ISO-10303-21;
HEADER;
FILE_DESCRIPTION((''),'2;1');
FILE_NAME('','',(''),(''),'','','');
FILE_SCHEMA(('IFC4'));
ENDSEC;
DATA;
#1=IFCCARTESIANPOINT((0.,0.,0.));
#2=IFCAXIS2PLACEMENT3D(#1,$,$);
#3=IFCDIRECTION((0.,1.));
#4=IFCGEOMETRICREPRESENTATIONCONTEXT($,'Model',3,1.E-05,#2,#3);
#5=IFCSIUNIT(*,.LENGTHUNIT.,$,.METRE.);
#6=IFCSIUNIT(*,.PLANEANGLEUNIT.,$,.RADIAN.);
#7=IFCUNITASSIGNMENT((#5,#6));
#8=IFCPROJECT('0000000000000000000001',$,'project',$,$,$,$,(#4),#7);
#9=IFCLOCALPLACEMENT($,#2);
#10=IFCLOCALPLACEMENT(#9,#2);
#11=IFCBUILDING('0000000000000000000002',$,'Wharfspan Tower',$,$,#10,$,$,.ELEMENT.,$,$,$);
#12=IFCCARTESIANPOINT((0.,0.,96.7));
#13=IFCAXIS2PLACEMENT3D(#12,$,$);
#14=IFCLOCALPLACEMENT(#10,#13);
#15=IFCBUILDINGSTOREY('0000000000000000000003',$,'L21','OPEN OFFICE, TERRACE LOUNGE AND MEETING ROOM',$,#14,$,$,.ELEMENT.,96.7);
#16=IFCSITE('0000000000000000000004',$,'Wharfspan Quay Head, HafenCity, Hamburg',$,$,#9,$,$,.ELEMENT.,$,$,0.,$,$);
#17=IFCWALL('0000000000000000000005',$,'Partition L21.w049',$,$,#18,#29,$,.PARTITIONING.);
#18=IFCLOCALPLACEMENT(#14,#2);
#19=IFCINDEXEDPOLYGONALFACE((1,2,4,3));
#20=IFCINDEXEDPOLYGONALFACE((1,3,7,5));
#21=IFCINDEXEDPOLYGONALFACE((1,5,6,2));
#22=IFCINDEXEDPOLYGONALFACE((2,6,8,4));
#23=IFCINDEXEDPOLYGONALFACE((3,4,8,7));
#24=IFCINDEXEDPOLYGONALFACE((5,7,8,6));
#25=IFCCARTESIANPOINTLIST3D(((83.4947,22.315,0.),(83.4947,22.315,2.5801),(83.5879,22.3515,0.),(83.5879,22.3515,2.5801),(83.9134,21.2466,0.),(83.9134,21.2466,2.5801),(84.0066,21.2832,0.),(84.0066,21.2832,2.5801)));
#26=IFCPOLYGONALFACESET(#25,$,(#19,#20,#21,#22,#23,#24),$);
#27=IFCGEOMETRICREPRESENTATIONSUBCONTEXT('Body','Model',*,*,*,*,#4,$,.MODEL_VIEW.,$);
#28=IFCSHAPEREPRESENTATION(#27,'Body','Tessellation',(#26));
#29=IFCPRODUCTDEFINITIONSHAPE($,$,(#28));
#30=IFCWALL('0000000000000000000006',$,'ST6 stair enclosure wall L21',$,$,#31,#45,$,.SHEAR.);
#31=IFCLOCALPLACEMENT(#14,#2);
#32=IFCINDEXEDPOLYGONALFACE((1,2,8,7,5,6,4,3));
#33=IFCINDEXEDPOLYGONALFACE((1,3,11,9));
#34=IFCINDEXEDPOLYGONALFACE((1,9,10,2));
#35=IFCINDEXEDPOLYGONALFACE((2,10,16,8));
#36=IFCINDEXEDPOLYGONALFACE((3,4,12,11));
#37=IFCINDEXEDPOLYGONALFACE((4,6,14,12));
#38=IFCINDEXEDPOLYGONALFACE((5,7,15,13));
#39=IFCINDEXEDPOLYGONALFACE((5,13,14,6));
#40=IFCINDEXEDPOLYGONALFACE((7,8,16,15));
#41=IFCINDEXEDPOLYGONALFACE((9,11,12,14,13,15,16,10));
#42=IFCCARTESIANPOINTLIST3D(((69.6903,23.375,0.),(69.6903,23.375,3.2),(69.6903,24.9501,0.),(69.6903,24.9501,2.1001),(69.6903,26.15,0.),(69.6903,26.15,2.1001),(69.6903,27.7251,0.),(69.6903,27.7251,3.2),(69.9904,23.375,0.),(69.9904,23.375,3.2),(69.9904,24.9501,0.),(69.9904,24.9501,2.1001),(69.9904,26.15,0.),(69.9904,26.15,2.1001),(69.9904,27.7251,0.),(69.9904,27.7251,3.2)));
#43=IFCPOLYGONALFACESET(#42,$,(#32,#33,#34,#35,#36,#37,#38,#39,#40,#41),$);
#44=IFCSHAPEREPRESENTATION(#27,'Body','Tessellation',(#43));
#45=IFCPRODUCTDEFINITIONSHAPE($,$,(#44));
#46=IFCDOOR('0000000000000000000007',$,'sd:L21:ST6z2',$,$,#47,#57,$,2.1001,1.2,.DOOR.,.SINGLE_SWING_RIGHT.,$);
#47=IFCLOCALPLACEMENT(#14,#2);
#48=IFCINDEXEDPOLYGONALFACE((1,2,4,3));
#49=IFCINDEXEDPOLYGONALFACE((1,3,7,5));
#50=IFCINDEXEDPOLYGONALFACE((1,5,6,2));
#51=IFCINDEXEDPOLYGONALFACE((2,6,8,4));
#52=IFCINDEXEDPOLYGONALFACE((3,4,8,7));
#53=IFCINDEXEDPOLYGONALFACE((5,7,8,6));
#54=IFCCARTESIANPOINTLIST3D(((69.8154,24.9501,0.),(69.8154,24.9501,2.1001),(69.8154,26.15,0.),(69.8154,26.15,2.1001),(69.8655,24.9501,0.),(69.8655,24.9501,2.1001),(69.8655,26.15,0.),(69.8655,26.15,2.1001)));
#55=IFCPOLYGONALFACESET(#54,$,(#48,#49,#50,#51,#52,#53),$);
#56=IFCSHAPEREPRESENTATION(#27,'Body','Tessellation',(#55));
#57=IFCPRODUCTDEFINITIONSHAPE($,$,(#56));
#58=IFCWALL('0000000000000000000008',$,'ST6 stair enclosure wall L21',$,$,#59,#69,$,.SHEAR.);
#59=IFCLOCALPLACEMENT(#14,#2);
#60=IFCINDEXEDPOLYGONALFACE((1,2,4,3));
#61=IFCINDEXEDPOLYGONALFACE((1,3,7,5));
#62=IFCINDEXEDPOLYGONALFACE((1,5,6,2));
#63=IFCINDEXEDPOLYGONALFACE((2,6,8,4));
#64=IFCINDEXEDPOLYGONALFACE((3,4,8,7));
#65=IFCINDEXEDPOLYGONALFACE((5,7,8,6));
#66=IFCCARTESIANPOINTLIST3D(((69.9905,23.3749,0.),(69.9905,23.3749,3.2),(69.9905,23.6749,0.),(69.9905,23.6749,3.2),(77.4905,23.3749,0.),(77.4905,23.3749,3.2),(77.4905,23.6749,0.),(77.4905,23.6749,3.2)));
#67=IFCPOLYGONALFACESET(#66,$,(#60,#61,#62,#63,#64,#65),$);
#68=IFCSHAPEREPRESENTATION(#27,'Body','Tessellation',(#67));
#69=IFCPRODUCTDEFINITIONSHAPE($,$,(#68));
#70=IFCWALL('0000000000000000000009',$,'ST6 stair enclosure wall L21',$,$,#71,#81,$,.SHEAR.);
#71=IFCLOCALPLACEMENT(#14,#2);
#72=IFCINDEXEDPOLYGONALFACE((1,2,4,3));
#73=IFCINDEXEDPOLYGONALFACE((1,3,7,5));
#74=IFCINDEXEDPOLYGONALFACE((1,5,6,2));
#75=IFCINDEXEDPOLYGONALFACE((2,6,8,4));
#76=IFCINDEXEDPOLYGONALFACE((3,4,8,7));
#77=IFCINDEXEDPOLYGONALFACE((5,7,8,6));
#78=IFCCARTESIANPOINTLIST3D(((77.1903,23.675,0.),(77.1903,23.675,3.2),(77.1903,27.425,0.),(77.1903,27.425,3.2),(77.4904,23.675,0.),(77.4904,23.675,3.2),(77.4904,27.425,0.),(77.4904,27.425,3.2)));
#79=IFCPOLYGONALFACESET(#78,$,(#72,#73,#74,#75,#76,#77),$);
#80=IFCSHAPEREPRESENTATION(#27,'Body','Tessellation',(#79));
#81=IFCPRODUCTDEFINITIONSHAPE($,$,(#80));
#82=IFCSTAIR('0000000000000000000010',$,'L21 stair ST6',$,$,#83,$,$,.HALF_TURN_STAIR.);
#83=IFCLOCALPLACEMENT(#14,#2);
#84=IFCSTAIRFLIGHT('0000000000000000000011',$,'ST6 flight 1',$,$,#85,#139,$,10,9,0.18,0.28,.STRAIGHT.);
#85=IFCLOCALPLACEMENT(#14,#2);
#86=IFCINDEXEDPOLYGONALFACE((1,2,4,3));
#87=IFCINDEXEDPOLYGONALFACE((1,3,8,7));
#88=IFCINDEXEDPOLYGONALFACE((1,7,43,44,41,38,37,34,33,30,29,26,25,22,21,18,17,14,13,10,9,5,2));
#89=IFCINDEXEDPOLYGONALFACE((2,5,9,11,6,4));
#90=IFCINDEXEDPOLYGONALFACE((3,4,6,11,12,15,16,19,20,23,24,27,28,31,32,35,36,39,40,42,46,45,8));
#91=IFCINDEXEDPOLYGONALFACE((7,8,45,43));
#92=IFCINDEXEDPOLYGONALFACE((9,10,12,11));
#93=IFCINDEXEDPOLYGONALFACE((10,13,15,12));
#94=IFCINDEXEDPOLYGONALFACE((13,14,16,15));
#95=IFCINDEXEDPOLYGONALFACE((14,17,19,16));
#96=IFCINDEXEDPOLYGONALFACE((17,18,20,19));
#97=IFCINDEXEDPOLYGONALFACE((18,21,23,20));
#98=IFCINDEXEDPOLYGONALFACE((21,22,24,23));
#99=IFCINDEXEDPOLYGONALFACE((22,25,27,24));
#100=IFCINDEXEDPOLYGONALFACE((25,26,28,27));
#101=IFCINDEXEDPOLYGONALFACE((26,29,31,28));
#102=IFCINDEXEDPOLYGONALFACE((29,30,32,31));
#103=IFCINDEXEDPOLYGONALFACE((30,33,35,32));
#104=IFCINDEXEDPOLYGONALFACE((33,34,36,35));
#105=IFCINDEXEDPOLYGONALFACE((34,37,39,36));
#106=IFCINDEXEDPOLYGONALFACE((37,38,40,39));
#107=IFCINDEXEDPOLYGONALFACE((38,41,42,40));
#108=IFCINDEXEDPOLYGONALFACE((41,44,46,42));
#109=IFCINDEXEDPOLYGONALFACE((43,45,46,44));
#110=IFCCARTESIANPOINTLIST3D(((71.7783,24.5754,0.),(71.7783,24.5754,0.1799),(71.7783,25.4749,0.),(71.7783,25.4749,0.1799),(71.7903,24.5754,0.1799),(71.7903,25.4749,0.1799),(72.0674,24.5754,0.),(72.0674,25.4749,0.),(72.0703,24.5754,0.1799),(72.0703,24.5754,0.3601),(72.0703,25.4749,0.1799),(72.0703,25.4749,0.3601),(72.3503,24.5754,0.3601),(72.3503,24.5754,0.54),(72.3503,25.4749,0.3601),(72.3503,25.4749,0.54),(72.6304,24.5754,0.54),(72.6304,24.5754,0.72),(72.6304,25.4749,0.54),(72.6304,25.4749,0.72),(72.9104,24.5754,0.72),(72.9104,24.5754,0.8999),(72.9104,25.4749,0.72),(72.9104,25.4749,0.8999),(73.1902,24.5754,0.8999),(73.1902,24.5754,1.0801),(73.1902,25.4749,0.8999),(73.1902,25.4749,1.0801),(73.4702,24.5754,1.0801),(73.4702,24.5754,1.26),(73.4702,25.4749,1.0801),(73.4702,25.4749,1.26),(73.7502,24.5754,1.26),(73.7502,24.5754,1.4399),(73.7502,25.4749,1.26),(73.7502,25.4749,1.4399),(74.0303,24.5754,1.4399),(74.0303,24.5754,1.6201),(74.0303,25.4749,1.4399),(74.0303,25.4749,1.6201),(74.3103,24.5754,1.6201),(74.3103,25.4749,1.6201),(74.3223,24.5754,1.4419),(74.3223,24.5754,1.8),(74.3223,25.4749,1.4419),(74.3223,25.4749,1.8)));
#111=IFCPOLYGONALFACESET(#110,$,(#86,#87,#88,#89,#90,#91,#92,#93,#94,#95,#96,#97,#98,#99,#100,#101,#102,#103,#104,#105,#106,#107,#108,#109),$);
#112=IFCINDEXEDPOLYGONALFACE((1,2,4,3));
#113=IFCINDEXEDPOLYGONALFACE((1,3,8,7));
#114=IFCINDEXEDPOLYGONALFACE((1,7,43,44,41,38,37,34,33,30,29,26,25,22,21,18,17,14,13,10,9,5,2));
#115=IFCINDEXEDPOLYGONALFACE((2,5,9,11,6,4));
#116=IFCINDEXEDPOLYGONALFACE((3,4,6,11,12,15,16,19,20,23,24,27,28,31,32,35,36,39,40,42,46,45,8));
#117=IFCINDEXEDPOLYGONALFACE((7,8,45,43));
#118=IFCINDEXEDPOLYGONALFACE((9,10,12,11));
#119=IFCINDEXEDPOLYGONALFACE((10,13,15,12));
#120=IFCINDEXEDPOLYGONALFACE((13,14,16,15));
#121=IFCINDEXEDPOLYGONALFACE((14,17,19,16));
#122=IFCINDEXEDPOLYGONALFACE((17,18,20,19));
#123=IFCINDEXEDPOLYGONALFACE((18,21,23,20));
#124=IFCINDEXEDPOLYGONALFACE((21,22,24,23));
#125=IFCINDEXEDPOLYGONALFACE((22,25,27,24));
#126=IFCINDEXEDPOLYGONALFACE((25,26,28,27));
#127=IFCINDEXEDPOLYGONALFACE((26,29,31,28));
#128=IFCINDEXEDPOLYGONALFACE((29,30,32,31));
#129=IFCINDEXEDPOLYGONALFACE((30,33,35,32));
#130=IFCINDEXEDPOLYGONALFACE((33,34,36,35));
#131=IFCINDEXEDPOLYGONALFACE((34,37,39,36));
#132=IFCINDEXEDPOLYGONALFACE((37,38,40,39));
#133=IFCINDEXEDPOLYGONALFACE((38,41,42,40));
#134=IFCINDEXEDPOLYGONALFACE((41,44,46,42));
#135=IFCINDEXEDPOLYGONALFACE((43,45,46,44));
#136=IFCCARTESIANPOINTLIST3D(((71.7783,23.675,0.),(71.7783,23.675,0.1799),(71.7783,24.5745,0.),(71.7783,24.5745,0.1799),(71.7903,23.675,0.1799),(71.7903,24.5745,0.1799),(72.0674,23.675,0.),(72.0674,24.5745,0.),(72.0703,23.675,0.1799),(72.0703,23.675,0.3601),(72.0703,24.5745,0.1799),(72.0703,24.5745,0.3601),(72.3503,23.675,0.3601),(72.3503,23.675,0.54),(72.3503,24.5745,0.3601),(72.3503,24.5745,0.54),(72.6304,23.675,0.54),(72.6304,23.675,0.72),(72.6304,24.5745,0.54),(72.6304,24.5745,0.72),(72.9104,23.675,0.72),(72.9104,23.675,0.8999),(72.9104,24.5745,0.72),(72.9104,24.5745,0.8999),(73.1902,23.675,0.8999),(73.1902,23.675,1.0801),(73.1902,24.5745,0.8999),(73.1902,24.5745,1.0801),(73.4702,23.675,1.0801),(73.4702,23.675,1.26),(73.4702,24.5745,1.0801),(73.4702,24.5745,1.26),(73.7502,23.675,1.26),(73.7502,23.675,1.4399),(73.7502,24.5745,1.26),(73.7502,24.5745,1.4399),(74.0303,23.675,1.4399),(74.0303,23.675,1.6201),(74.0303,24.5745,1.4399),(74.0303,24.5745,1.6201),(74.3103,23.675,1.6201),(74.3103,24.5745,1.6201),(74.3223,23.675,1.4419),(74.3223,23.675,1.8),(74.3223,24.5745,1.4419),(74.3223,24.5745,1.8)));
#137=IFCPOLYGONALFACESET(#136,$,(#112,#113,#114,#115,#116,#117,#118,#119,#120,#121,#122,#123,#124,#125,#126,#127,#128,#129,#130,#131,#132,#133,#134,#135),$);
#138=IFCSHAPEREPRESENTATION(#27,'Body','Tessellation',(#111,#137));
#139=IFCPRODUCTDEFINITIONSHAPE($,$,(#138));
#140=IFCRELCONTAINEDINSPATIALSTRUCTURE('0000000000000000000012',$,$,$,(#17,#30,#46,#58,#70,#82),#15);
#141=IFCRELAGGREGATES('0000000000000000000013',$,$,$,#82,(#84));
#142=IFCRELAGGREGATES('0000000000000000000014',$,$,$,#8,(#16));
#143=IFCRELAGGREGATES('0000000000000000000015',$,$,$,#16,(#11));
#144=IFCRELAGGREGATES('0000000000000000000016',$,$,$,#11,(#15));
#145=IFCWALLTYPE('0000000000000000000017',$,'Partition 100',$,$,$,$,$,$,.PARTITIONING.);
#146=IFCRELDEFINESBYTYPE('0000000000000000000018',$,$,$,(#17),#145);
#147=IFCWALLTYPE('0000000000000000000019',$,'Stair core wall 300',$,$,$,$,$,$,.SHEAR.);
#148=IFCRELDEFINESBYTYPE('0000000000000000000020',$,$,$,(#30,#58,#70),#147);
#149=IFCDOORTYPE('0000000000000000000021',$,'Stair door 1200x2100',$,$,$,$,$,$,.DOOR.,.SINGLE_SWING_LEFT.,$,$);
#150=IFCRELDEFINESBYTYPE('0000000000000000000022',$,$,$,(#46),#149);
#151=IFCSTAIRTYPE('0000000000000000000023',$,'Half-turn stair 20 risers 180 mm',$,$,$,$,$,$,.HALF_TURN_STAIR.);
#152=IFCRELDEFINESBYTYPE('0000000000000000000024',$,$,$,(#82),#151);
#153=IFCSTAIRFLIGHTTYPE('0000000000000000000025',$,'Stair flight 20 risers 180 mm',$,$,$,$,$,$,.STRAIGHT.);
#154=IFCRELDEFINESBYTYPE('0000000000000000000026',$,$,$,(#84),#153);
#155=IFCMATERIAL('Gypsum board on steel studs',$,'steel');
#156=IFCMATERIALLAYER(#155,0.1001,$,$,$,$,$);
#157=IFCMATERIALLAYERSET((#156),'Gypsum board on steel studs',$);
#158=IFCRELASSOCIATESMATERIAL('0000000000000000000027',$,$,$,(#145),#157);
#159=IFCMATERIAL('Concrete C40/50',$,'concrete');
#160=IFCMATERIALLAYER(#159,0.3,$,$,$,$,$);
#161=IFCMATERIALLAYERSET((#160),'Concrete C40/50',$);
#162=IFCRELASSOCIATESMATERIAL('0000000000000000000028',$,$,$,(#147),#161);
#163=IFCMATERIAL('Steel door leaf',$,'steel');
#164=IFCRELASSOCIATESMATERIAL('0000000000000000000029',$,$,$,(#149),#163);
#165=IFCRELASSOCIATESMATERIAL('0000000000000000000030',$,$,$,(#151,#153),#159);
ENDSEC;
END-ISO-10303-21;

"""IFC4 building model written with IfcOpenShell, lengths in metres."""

from ifc_helpers import new_model, si_unit, direction, frame, frame_2d, origin, place, context, subcontext, project, spatial, polyline, rectangle, outline, extrude, material, layer, layer_set, type_object, element, fill, aggregate, save


model = new_model("IFC4")

# Units and contexts
model_context = context("Model", 3, precision=1e-05, world=origin(), true_north=direction((0.0, 1.0)))
body_context = subcontext(model_context, "Body", "Model", "MODEL_VIEW")
ifc_project = project(units=[si_unit("LENGTHUNIT", "METRE"), si_unit("PLANEANGLEUNIT", "RADIAN")], contexts=[model_context])

# Site, building, storey
site_placement = place(None, origin())
site = spatial("IfcSite", under=ifc_project, at=site_placement, Name="Wharfspan Quay Head, HafenCity, Hamburg", CompositionType="ELEMENT", RefElevation=0.0)
building_placement = place(site_placement, origin())
building = spatial("IfcBuilding", under=site, at=building_placement, Name="Wharfspan Tower", CompositionType="ELEMENT")
storey_placement = place(building_placement, frame((0.0, 0.0, 96.7)))
storey = spatial("IfcBuildingStorey", under=building, at=storey_placement, Name="L21", Description="OPEN OFFICE, TERRACE LOUNGE AND MEETING ROOM", CompositionType="ELEMENT", Elevation=96.7)

# Wall
ifc_material_1 = material(Name="Gypsum board on steel studs", Category="steel")
ifc_layer_1 = layer(ifc_material_1, 0.1001)
ifc_layer_set_1 = layer_set([ifc_layer_1], Name="Gypsum board on steel studs")
wall_type_1 = type_object("IfcWallType", Name="Partition 100", PredefinedType="PARTITIONING", material=ifc_layer_set_1)
wall_1_placement = place(storey_placement, frame((83.96, 21.2649, 0.0), z_axis=(0.0, 0.0, 1.0), x_axis=(-0.364889, 0.931052, 0.0)))
element("IfcWall", 1, at=wall_1_placement, inside=storey, type_object=wall_type_1, Name="Partition L21.w049", PredefinedType="PARTITIONING", context=body_context, shape_type="SweptSolid", body=[
    extrude(rectangle(XDim=1.1475, YDim=0.1001, at=frame_2d((0.5737, 0.0))), origin(), (0.0, 0.0, 1.0), 2.5801),
])

# Wall, opening, door
ifc_material_2 = material(Name="Concrete C40/50", Category="concrete")
ifc_layer_2 = layer(ifc_material_2, 0.3)
ifc_layer_set_2 = layer_set([ifc_layer_2], Name="Concrete C40/50")
wall_type_2 = type_object("IfcWallType", Name="Stair core wall 300", PredefinedType="SHEAR", material=ifc_layer_set_2)
wall_2_placement = place(storey_placement, frame((69.8403, 23.375, 0.0), z_axis=(0.0, 0.0, 1.0), x_axis=(0.0, 1.0, 0.0)))
wall_2 = element("IfcWall", 2, at=wall_2_placement, inside=storey, type_object=wall_type_2, Name="ST6 stair enclosure wall L21", PredefinedType="SHEAR", context=body_context, shape_type="SweptSolid", body=[
    extrude(rectangle(XDim=4.3501, YDim=0.3, at=frame_2d((2.175, 0.0))), origin(), (0.0, 0.0, 1.0), 3.2),
])
opening_placement = place(wall_2_placement, frame((1.575, 0.0, 0.0)))
opening = element("IfcOpeningElement", 3, at=opening_placement, cuts=wall_2, PredefinedType="OPENING", context=body_context, shape_type="SweptSolid", body=[
    extrude(rectangle(XDim=1.2, YDim=2.1001, at=frame_2d((0.6001, 1.05))), frame((0.0, 0.1599, 0.0), z_axis=(0.0, -1.0, 0.0), x_axis=(1.0, 0.0, 0.0)), (0.0, 0.0, 1.0), 0.3201),
])
ifc_material_3 = material(Name="Steel door leaf", Category="steel")
door_type = type_object("IfcDoorType", Name="Stair door 1200x2100", OperationType="SINGLE_SWING_LEFT", PredefinedType="DOOR", material=ifc_material_3)
door_placement = place(opening_placement, origin())
door = element("IfcDoor", 4, at=door_placement, inside=storey, type_object=door_type, Name="sd:L21:ST6z2", OperationType="SINGLE_SWING_RIGHT", OverallHeight=2.1001, OverallWidth=1.2, PredefinedType="DOOR", context=body_context, shape_type="SweptSolid", body=[
    extrude(rectangle(XDim=1.2, YDim=2.1001, at=frame_2d((0.6001, 1.05))), frame((0.0, 0.0249, 0.0), z_axis=(0.0, -1.0, 0.0), x_axis=(1.0, 0.0, 0.0)), (0.0, 0.0, 1.0), 0.05),
])
fill(opening, door)

# Walls
wall_3_placement = place(storey_placement, frame((69.9905, 23.5249, 0.0), z_axis=(0.0, 0.0, 1.0), x_axis=(1.0, 0.0, 0.0)))
element("IfcWall", 5, at=wall_3_placement, inside=storey, type_object=wall_type_2, Name="ST6 stair enclosure wall L21", PredefinedType="SHEAR", context=body_context, shape_type="SweptSolid", body=[
    extrude(rectangle(XDim=7.5, YDim=0.3, at=frame_2d((3.75, 0.0))), origin(), (0.0, 0.0, 1.0), 3.2),
])
wall_4_placement = place(storey_placement, frame((77.3403, 23.675, 0.0), z_axis=(0.0, 0.0, 1.0), x_axis=(0.0, 1.0, 0.0)))
element("IfcWall", 6, at=wall_4_placement, inside=storey, type_object=wall_type_2, Name="ST6 stair enclosure wall L21", PredefinedType="SHEAR", context=body_context, shape_type="SweptSolid", body=[
    extrude(rectangle(XDim=3.75, YDim=0.3, at=frame_2d((1.875, 0.0))), origin(), (0.0, 0.0, 1.0), 3.2),
])

# Stair, stair flight
stair_type = type_object("IfcStairType", Name="Half-turn stair 20 risers 180 mm", PredefinedType="HALF_TURN_STAIR", material=ifc_material_2)
stair_placement = place(storey_placement, origin())
stair = element("IfcStair", 7, at=stair_placement, inside=storey, type_object=stair_type, Name="L21 stair ST6", PredefinedType="HALF_TURN_STAIR")
stair_flight_type = type_object("IfcStairFlightType", Name="Stair flight 20 risers 180 mm", PredefinedType="STRAIGHT", material=ifc_material_2)
stair_flight_placement = place(storey_placement, frame((71.7903, 24.575, 0.0), z_axis=(0.0, 0.0, 1.0), x_axis=(1.0, 0.0, 0.0)))
stair_flight = element("IfcStairFlight", 8, at=stair_flight_placement, type_object=stair_flight_type, Name="ST6 flight 1", NumberOfRisers=10, NumberOfTreads=9, PredefinedType="STRAIGHT", RiserHeight=0.18, TreadLength=0.28, context=body_context, shape_type="SweptSolid", body=[
    extrude(outline(polyline([(-0.012, 0.0), (-0.012, 0.1799), (0.0, 0.1799), (0.28, 0.1799), (0.28, 0.3601), (0.5601, 0.3601), (0.5601, 0.54), (0.8401, 0.54), (0.8401, 0.72), (1.1201, 0.72), (1.1201, 0.8999), (1.3999, 0.8999), (1.3999, 1.0801), (1.6799, 1.0801), (1.6799, 1.26), (1.96, 1.26), (1.96, 1.4399), (2.24, 1.4399), (2.24, 1.6201), (2.52, 1.6201), (2.532, 1.8), (2.532, 1.4419), (0.2771, 0.0), (-0.012, 0.0)])), frame((0.0, 0.8999, 0.0), z_axis=(0.0, -1.0, 0.0), x_axis=(1.0, 0.0, 0.0)), (0.0, 0.0, 1.0), 0.8994),
    extrude(outline(polyline([(-0.012, 0.0), (-0.012, 0.1799), (0.0, 0.1799), (0.28, 0.1799), (0.28, 0.3601), (0.5601, 0.3601), (0.5601, 0.54), (0.8401, 0.54), (0.8401, 0.72), (1.1201, 0.72), (1.1201, 0.8999), (1.3999, 0.8999), (1.3999, 1.0801), (1.6799, 1.0801), (1.6799, 1.26), (1.96, 1.26), (1.96, 1.4399), (2.24, 1.4399), (2.24, 1.6201), (2.52, 1.6201), (2.532, 1.8), (2.532, 1.4419), (0.2771, 0.0), (-0.012, 0.0)])), frame((0.0, -0.0005, 0.0), z_axis=(0.0, -1.0, 0.0), x_axis=(1.0, 0.0, 0.0)), (0.0, 0.0, 1.0), 0.8994),
])
aggregate(stair, [stair_flight])

save(model, "model.ifc")
